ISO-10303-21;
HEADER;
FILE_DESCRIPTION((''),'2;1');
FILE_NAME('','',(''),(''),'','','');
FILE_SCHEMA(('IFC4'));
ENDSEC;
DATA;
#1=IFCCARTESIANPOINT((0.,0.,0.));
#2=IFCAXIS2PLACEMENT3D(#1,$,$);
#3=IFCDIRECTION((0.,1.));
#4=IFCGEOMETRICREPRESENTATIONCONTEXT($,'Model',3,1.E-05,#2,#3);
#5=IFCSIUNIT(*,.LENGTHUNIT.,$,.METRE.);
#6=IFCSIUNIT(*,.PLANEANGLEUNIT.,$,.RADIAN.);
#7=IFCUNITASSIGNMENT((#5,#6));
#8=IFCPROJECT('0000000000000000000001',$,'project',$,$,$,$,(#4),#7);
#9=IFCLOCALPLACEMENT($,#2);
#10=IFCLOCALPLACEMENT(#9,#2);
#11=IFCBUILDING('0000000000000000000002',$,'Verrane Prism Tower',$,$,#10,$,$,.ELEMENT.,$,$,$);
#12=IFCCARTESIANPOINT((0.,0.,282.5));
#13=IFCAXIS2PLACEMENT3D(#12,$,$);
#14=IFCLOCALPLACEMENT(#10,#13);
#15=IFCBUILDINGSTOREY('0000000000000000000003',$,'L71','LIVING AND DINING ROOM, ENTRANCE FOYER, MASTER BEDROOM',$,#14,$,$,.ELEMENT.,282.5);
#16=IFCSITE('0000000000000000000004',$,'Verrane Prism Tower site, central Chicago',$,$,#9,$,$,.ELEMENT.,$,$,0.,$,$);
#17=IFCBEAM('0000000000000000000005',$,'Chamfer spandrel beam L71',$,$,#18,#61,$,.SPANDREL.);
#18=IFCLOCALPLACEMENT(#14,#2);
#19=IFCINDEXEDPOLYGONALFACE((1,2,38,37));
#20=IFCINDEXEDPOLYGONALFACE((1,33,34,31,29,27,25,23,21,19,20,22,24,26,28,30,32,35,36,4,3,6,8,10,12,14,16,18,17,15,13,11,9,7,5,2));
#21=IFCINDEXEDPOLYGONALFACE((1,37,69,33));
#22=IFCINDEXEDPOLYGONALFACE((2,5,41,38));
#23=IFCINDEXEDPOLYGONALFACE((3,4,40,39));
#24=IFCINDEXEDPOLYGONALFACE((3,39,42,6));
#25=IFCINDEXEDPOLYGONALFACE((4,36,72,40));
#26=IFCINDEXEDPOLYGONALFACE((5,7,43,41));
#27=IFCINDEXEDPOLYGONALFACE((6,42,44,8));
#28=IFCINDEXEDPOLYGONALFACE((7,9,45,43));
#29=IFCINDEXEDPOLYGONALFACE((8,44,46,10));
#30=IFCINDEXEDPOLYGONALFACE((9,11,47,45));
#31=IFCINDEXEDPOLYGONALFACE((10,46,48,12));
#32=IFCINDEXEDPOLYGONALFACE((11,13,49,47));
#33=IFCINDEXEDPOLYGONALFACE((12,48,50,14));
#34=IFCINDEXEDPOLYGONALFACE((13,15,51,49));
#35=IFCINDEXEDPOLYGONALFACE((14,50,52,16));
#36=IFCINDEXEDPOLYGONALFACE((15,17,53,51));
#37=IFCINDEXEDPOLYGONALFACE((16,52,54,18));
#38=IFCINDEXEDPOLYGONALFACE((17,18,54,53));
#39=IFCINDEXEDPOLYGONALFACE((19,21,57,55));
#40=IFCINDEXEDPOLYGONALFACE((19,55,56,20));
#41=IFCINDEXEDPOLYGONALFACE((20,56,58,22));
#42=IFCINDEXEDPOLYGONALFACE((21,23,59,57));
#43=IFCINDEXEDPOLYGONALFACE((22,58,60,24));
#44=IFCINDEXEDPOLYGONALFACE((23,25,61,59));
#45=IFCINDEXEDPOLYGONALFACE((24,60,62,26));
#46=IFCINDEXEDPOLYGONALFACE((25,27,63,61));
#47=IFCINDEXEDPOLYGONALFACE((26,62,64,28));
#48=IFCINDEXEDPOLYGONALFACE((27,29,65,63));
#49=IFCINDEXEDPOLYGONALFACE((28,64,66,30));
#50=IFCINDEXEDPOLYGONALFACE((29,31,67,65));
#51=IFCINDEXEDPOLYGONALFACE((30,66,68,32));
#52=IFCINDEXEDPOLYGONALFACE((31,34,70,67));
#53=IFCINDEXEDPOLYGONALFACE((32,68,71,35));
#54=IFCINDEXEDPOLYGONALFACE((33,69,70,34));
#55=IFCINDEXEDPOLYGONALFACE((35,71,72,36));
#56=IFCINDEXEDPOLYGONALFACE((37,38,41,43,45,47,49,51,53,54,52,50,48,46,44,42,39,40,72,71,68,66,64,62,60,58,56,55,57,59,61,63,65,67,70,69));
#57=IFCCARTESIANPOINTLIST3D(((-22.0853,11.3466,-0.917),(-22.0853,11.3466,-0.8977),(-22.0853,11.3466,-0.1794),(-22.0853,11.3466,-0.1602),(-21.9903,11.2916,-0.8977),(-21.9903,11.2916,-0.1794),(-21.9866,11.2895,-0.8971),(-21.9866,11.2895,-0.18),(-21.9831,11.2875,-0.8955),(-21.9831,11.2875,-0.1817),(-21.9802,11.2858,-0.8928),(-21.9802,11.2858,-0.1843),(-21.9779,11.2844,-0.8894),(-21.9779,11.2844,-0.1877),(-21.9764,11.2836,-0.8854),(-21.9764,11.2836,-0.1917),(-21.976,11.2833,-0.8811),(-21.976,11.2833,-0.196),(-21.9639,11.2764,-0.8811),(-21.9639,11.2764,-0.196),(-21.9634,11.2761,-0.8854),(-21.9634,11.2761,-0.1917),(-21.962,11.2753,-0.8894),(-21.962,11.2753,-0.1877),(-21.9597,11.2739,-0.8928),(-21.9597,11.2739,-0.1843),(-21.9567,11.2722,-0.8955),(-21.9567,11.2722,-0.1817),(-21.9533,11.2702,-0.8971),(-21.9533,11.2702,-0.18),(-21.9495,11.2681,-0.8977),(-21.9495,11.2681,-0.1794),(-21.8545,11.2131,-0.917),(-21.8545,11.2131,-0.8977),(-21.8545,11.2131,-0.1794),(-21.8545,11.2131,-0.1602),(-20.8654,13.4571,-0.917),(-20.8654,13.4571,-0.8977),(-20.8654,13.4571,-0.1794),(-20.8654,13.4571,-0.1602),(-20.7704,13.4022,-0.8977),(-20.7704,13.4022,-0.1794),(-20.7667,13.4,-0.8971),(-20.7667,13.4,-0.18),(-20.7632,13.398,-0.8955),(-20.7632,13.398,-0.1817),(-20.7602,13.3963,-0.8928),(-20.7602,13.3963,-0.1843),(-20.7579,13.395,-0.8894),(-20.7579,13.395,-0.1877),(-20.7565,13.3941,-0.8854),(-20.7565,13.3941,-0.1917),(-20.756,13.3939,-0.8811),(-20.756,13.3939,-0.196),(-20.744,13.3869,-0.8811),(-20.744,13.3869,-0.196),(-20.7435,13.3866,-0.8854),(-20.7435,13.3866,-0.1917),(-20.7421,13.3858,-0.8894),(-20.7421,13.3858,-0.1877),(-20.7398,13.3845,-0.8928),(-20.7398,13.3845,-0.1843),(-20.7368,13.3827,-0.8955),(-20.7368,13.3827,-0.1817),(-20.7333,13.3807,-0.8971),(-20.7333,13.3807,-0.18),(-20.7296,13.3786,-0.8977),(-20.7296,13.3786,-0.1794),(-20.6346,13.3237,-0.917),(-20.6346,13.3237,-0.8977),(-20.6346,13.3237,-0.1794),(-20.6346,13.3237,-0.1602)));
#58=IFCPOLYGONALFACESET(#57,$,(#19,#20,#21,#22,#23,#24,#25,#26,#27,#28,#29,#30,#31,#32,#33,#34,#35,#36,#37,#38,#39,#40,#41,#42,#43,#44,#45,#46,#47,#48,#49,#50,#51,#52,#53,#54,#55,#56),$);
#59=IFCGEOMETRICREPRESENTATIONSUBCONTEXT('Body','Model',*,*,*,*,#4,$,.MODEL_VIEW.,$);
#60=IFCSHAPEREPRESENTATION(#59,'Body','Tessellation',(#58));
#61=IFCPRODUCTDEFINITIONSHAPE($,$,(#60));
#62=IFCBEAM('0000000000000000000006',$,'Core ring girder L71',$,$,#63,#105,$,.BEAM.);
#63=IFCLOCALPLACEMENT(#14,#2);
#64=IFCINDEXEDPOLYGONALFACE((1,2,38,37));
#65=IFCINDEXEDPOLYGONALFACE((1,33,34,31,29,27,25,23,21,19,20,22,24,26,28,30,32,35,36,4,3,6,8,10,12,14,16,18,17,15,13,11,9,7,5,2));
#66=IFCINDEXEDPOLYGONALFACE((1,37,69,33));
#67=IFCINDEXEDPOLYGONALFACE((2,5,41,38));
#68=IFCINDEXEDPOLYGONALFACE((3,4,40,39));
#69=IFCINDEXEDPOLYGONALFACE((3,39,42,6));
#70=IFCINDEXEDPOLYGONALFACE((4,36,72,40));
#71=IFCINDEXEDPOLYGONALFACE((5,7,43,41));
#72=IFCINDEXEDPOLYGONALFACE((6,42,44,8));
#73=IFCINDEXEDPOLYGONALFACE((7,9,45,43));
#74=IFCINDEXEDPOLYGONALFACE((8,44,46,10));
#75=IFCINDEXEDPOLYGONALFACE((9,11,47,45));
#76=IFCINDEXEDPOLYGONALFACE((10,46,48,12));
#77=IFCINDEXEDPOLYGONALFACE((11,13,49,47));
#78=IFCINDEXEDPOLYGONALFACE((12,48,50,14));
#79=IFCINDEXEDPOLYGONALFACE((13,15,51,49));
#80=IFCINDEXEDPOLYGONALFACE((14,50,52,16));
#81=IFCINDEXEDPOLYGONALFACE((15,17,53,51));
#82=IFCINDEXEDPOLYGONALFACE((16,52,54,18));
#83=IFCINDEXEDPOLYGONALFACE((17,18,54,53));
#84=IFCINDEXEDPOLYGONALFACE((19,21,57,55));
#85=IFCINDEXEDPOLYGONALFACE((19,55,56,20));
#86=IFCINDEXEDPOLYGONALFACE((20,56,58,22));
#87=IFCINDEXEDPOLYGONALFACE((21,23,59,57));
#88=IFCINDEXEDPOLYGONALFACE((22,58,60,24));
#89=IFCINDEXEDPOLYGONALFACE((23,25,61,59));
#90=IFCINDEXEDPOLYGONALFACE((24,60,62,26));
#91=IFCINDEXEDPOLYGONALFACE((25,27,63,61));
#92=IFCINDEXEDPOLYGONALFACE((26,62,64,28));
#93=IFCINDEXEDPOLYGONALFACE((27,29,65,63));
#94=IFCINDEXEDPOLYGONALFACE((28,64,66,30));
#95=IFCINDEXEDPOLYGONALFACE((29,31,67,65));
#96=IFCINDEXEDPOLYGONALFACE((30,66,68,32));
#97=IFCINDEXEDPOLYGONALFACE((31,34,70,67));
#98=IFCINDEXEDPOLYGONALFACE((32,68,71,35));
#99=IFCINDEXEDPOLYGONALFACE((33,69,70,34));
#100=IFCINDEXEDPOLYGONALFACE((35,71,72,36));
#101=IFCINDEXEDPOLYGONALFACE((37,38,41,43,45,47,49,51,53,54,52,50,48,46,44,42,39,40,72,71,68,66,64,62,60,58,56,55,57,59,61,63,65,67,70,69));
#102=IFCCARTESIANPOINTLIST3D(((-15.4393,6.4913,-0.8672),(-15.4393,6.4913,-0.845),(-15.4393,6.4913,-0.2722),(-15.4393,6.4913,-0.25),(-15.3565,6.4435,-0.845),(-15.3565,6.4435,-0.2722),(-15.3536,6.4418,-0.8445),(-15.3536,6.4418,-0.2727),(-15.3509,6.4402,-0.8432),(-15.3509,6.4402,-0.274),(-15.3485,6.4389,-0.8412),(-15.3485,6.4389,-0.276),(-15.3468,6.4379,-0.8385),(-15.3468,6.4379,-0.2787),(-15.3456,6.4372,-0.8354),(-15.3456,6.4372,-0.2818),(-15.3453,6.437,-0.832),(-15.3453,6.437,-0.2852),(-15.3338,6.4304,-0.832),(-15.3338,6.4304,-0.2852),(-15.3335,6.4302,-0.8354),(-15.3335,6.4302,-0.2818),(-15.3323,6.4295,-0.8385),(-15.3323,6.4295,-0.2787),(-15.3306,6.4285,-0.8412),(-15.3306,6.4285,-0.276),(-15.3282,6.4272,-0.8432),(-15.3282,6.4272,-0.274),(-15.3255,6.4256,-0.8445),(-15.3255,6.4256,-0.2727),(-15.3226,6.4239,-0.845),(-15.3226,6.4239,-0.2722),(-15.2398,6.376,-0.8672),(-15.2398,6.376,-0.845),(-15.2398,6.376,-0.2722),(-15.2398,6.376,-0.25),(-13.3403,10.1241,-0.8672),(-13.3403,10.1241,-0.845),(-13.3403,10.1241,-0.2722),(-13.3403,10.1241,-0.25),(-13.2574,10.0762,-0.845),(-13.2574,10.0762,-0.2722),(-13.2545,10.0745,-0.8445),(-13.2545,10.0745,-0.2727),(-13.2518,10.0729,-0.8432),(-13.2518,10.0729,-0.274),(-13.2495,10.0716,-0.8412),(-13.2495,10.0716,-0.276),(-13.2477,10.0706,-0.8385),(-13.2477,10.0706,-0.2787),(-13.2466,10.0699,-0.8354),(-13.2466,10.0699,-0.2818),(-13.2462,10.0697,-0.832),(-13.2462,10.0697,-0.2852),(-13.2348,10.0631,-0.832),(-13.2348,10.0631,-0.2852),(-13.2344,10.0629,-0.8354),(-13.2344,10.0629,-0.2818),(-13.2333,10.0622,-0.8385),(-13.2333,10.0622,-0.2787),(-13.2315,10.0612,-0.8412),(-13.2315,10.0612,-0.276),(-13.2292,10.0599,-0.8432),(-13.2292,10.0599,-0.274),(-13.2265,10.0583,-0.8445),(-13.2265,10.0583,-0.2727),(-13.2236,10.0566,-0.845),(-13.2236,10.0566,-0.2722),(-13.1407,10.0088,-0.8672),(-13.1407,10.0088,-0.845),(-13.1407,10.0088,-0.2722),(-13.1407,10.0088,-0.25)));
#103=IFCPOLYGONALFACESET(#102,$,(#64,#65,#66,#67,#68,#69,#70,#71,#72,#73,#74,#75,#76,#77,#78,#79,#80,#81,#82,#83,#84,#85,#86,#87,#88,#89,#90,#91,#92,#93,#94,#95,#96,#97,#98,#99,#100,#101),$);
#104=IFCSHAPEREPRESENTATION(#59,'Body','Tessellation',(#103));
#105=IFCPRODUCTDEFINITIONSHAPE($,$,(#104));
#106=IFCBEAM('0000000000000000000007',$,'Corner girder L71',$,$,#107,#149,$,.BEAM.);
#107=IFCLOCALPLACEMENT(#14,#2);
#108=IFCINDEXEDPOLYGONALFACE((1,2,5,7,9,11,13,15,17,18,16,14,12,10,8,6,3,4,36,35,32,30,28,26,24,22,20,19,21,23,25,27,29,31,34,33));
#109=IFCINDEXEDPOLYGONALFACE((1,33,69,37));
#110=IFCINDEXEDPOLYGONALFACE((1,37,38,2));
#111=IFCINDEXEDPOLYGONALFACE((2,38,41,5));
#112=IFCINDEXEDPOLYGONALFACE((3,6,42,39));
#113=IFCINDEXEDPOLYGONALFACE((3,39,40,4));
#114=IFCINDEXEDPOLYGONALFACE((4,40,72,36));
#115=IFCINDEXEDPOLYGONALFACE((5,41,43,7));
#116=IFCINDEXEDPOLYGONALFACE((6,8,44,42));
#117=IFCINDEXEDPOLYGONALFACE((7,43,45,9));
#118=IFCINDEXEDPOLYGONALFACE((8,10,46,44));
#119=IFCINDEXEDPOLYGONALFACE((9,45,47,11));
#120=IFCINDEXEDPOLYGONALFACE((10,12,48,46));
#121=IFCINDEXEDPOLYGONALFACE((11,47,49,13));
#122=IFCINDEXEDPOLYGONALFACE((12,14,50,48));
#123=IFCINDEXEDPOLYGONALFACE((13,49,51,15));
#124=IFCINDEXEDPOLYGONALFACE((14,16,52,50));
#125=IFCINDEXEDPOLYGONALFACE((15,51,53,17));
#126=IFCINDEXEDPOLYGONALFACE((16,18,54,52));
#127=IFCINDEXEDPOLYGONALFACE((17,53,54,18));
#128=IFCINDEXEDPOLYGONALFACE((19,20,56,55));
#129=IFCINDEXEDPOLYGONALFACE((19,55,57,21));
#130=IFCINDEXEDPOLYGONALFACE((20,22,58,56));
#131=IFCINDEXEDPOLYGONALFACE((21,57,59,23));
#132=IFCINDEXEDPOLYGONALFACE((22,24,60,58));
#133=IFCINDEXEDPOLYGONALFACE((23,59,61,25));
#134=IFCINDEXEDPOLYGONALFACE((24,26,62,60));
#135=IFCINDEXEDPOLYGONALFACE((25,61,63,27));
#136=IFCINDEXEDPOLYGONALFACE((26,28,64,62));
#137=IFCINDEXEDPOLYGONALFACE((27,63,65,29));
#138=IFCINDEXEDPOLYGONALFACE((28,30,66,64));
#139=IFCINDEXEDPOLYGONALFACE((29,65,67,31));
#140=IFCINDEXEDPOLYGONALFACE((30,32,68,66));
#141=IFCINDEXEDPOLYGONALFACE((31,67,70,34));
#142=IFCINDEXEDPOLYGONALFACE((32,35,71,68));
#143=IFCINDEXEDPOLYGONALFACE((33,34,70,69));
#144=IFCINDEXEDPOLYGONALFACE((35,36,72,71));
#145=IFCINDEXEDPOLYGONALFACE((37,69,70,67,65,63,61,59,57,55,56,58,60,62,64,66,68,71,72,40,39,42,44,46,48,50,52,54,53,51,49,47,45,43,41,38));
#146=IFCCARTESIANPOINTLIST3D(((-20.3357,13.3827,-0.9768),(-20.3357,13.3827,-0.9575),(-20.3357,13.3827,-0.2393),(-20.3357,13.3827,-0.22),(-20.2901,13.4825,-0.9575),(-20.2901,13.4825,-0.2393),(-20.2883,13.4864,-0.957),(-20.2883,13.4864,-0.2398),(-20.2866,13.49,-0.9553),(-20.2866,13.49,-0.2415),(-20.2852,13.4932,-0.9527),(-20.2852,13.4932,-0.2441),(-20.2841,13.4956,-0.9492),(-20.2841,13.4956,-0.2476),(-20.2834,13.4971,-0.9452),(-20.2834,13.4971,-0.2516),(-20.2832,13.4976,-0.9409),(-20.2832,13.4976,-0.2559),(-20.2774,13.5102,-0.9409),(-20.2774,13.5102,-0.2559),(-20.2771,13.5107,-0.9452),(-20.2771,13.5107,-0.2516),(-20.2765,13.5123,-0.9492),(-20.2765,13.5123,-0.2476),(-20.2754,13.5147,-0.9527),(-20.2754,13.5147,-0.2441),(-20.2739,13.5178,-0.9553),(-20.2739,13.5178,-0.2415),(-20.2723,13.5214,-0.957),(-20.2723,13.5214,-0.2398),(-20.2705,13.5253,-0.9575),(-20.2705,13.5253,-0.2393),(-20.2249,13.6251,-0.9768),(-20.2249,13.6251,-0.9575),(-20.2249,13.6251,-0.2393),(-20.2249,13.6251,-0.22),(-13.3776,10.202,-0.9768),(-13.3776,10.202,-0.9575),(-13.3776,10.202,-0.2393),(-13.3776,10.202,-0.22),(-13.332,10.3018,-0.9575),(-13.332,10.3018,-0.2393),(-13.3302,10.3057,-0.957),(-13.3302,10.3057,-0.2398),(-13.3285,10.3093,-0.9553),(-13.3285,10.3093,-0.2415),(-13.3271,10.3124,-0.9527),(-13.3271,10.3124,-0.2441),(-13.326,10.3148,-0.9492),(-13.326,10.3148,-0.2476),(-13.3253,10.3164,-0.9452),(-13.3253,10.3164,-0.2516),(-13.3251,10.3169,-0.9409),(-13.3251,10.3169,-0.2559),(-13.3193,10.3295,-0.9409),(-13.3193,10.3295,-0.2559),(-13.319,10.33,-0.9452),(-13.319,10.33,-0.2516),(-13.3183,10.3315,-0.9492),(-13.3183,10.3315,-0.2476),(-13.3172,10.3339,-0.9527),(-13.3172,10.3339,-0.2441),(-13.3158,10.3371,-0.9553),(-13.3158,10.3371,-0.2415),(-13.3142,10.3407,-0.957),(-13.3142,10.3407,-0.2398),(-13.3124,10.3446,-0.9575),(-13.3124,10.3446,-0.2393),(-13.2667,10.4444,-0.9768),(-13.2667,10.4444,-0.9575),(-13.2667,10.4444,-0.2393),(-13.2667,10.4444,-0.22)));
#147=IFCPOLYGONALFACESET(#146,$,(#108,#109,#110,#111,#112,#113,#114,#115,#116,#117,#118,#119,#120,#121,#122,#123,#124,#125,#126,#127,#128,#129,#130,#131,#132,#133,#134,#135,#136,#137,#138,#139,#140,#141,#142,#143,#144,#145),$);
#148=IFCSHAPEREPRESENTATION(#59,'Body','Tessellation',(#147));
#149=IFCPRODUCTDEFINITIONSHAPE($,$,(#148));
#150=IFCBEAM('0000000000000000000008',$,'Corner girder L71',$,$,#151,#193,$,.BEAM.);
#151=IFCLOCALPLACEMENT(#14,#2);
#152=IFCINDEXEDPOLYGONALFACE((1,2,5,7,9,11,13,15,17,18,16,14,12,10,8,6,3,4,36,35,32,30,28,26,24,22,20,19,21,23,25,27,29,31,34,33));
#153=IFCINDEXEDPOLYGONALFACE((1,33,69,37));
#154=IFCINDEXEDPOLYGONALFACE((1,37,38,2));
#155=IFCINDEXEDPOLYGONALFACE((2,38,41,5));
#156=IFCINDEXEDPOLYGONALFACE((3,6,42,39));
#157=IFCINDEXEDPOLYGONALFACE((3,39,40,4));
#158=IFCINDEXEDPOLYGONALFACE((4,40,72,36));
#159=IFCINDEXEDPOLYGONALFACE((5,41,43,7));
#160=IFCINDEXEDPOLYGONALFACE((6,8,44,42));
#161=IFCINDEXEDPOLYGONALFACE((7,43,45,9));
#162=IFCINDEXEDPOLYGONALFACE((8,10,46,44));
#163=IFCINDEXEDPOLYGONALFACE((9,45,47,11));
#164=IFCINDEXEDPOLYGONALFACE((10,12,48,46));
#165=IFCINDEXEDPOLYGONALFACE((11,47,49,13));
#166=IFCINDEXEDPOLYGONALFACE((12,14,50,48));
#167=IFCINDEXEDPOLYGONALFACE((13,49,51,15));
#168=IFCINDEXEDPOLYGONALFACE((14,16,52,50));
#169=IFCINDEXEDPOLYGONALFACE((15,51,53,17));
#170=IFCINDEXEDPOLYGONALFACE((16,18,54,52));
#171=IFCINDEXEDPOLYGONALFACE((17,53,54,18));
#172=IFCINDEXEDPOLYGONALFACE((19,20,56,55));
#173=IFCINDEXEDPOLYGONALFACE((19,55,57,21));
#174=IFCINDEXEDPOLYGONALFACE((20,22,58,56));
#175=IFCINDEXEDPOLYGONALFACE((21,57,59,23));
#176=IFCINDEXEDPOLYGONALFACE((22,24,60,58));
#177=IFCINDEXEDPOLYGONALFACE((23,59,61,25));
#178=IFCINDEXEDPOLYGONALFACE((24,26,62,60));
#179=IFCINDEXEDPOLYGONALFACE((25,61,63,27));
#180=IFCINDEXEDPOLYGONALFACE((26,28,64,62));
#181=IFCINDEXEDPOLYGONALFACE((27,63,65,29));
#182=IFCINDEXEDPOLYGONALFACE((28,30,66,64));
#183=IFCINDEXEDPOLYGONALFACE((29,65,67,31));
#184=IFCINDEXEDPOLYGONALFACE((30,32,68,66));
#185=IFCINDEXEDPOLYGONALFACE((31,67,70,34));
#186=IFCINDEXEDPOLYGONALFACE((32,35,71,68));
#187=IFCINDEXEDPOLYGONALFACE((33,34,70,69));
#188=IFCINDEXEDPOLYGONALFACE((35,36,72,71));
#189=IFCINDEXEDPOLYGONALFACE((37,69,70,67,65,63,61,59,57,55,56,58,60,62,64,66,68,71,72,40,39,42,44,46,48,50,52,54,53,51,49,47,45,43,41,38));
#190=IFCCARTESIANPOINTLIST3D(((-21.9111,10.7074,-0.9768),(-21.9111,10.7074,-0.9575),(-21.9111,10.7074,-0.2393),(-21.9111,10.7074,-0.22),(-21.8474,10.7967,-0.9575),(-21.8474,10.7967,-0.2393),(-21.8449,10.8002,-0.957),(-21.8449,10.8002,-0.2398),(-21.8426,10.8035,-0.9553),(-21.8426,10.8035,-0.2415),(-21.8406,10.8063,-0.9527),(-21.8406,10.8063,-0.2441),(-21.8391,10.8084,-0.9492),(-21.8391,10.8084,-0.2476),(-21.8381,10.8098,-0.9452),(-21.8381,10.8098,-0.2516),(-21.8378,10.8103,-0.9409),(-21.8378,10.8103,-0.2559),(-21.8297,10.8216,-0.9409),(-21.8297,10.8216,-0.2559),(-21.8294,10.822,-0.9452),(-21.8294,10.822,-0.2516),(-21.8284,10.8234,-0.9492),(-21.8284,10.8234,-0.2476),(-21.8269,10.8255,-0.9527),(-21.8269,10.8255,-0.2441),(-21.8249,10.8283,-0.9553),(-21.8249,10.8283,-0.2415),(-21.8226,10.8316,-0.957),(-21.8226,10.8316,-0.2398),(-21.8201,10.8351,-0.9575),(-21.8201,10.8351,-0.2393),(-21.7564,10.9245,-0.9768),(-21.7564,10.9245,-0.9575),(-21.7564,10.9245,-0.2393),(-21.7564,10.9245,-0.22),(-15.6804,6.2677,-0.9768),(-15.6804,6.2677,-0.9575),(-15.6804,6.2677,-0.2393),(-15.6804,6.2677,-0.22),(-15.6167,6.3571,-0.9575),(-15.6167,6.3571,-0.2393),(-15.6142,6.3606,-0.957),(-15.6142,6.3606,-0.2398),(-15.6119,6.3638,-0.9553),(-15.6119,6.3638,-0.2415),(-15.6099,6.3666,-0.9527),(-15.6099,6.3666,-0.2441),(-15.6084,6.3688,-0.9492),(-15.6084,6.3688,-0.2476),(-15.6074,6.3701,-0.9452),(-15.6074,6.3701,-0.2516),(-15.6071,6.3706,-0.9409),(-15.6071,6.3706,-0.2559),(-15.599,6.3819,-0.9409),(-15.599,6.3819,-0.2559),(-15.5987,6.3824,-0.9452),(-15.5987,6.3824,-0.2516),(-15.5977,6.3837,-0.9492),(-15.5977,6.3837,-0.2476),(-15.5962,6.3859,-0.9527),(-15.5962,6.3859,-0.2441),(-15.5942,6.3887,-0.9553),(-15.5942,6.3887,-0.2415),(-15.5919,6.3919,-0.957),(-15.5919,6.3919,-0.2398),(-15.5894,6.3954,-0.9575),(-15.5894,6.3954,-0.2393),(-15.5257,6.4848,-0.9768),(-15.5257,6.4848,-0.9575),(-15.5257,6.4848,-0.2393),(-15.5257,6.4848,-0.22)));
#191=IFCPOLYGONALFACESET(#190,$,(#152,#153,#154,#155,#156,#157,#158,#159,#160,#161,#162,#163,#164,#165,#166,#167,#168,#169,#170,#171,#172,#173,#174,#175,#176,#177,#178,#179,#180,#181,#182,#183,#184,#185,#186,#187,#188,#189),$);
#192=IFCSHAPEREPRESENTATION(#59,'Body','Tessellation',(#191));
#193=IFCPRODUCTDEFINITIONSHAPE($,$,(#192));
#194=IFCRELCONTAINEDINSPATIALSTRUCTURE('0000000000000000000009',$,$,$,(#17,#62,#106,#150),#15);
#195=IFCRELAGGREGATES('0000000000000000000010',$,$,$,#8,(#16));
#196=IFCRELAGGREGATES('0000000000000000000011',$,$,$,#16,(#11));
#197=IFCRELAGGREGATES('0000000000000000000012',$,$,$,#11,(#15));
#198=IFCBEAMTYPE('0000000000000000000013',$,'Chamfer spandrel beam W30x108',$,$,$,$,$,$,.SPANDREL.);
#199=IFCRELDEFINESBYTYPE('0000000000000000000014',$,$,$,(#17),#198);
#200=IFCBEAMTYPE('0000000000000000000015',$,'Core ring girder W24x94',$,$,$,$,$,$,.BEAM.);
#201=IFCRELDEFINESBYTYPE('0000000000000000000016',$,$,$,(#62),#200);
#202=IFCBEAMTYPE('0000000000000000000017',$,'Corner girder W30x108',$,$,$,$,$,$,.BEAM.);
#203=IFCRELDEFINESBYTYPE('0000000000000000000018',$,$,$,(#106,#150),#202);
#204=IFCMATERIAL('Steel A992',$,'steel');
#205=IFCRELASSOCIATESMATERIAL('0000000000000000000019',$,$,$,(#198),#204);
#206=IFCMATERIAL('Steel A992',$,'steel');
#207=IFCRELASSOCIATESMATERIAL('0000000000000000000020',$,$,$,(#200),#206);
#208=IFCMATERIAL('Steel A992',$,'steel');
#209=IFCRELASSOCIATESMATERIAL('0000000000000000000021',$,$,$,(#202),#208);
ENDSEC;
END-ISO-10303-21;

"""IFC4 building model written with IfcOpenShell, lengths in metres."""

from ifc_helpers import new_model, si_unit, direction, frame, origin, origin_2d, place, context, subcontext, project, spatial, i_section, extrude, material, material_profile, profile_set, type_object, element, save


model = new_model("IFC4")

# Units and contexts
model_context = context("Model", 3, precision=1e-05, world=origin(), true_north=direction((0.0, 1.0)))
body_context = subcontext(model_context, "Body", "Model", "MODEL_VIEW")
ifc_project = project(units=[si_unit("LENGTHUNIT", "METRE"), si_unit("PLANEANGLEUNIT", "RADIAN")], contexts=[model_context])

# Site, building, storey
site_placement = place(None, origin())
site = spatial("IfcSite", under=ifc_project, at=site_placement, Name="Verrane Prism Tower site, central Chicago", CompositionType="ELEMENT", RefElevation=0.0)
building_placement = place(site_placement, origin())
building = spatial("IfcBuilding", under=site, at=building_placement, Name="Verrane Prism Tower", CompositionType="ELEMENT")
storey_placement = place(building_placement, frame((0.0, 0.0, 282.5)))
storey = spatial("IfcBuildingStorey", under=building, at=storey_placement, Name="L71", Description="LIVING AND DINING ROOM, ENTRANCE FOYER, MASTER BEDROOM", CompositionType="ELEMENT", Elevation=282.5)

# Beams
ifc_material_1 = material(Name="Steel A992", Category="steel")
ifc_material_profile_1 = material_profile(ifc_material_1, i_section(OverallWidth=0.2666, OverallDepth=0.7568, WebThickness=0.0139, FlangeThickness=0.0193, FilletRadius=0.0166, at=origin_2d()), Name="W30x108")
ifc_profile_set_1 = profile_set([ifc_material_profile_1], Name="Steel A992")
beam_type_1 = type_object("IfcBeamType", Name="Chamfer spandrel beam W30x108", PredefinedType="SPANDREL", material=ifc_profile_set_1)
beam_1_placement = place(storey_placement, frame((-20.75, 13.3904, -0.5386), z_axis=(-0.500436, -0.865773, 0.0), x_axis=(0.865773, -0.500436, 0.0)))
element("IfcBeam", 1, at=beam_1_placement, inside=storey, type_object=beam_type_1, Name="Chamfer spandrel beam L71", PredefinedType="SPANDREL", context=body_context, shape_type="SweptSolid", body=[
    extrude(i_section(OverallWidth=0.2666, OverallDepth=0.7568, WebThickness=0.0139, FlangeThickness=0.0193, FilletRadius=0.0166, at=origin_2d()), origin(), (0.0, 0.0, 1.0), 2.4377),
])
ifc_material_2 = material(Name="Steel A992", Category="steel")
ifc_material_profile_2 = material_profile(ifc_material_2, i_section(OverallWidth=0.2305, OverallDepth=0.6172, WebThickness=0.0132, FlangeThickness=0.0222, FilletRadius=0.0129, at=origin_2d()), Name="W24x94")
ifc_profile_set_2 = profile_set([ifc_material_profile_2], Name="Steel A992")
beam_type_2 = type_object("IfcBeamType", Name="Core ring girder W24x94", PredefinedType="BEAM", material=ifc_profile_set_2)
beam_2_placement = place(storey_placement, frame((-13.2405, 10.0664, -0.5586), z_axis=(-0.500307, -0.865848, 0.0), x_axis=(0.865848, -0.500307, 0.0)))
element("IfcBeam", 2, at=beam_2_placement, inside=storey, type_object=beam_type_2, Name="Core ring girder L71", PredefinedType="BEAM", context=body_context, shape_type="SweptSolid", body=[
    extrude(i_section(OverallWidth=0.2305, OverallDepth=0.6172, WebThickness=0.0132, FlangeThickness=0.0222, FilletRadius=0.0129, at=origin_2d()), origin(), (0.0, 0.0, 1.0), 4.1956),
])
ifc_material_3 = material(Name="Steel A992", Category="steel")
ifc_material_profile_3 = material_profile(ifc_material_3, i_section(OverallWidth=0.2666, OverallDepth=0.7568, WebThickness=0.0139, FlangeThickness=0.0193, FilletRadius=0.0166, at=origin_2d()), Name="W30x108")
ifc_profile_set_3 = profile_set([ifc_material_profile_3], Name="Steel A992")
beam_type_3 = type_object("IfcBeamType", Name="Corner girder W30x108", PredefinedType="BEAM", material=ifc_profile_set_3)
for number, where, z_axis, x_axis, name in (
    (3, (-20.2803, 13.5039, -0.5984), (0.909481, -0.415745, 0.0), (0.415745, 0.909481, 0.0), "Corner girder L71"),
    (4, (-21.8337, 10.8159, -0.5984), (0.814401, -0.580302, 0.0), (0.580302, 0.814401, 0.0), "Corner girder L71"),
):
    element("IfcBeam", number, at=place(storey_placement, frame(where, z_axis=z_axis, x_axis=x_axis)), inside=storey, type_object=beam_type_3, Name=name, PredefinedType="BEAM", context=body_context, shape_type="SweptSolid", body=[
        extrude(i_section(OverallWidth=0.2666, OverallDepth=0.7568, WebThickness=0.0139, FlangeThickness=0.0193, FilletRadius=0.0166, at=origin_2d()), origin(), (0.0, 0.0, 1.0), 7.6506),
    ])

save(model, "model.ifc")
